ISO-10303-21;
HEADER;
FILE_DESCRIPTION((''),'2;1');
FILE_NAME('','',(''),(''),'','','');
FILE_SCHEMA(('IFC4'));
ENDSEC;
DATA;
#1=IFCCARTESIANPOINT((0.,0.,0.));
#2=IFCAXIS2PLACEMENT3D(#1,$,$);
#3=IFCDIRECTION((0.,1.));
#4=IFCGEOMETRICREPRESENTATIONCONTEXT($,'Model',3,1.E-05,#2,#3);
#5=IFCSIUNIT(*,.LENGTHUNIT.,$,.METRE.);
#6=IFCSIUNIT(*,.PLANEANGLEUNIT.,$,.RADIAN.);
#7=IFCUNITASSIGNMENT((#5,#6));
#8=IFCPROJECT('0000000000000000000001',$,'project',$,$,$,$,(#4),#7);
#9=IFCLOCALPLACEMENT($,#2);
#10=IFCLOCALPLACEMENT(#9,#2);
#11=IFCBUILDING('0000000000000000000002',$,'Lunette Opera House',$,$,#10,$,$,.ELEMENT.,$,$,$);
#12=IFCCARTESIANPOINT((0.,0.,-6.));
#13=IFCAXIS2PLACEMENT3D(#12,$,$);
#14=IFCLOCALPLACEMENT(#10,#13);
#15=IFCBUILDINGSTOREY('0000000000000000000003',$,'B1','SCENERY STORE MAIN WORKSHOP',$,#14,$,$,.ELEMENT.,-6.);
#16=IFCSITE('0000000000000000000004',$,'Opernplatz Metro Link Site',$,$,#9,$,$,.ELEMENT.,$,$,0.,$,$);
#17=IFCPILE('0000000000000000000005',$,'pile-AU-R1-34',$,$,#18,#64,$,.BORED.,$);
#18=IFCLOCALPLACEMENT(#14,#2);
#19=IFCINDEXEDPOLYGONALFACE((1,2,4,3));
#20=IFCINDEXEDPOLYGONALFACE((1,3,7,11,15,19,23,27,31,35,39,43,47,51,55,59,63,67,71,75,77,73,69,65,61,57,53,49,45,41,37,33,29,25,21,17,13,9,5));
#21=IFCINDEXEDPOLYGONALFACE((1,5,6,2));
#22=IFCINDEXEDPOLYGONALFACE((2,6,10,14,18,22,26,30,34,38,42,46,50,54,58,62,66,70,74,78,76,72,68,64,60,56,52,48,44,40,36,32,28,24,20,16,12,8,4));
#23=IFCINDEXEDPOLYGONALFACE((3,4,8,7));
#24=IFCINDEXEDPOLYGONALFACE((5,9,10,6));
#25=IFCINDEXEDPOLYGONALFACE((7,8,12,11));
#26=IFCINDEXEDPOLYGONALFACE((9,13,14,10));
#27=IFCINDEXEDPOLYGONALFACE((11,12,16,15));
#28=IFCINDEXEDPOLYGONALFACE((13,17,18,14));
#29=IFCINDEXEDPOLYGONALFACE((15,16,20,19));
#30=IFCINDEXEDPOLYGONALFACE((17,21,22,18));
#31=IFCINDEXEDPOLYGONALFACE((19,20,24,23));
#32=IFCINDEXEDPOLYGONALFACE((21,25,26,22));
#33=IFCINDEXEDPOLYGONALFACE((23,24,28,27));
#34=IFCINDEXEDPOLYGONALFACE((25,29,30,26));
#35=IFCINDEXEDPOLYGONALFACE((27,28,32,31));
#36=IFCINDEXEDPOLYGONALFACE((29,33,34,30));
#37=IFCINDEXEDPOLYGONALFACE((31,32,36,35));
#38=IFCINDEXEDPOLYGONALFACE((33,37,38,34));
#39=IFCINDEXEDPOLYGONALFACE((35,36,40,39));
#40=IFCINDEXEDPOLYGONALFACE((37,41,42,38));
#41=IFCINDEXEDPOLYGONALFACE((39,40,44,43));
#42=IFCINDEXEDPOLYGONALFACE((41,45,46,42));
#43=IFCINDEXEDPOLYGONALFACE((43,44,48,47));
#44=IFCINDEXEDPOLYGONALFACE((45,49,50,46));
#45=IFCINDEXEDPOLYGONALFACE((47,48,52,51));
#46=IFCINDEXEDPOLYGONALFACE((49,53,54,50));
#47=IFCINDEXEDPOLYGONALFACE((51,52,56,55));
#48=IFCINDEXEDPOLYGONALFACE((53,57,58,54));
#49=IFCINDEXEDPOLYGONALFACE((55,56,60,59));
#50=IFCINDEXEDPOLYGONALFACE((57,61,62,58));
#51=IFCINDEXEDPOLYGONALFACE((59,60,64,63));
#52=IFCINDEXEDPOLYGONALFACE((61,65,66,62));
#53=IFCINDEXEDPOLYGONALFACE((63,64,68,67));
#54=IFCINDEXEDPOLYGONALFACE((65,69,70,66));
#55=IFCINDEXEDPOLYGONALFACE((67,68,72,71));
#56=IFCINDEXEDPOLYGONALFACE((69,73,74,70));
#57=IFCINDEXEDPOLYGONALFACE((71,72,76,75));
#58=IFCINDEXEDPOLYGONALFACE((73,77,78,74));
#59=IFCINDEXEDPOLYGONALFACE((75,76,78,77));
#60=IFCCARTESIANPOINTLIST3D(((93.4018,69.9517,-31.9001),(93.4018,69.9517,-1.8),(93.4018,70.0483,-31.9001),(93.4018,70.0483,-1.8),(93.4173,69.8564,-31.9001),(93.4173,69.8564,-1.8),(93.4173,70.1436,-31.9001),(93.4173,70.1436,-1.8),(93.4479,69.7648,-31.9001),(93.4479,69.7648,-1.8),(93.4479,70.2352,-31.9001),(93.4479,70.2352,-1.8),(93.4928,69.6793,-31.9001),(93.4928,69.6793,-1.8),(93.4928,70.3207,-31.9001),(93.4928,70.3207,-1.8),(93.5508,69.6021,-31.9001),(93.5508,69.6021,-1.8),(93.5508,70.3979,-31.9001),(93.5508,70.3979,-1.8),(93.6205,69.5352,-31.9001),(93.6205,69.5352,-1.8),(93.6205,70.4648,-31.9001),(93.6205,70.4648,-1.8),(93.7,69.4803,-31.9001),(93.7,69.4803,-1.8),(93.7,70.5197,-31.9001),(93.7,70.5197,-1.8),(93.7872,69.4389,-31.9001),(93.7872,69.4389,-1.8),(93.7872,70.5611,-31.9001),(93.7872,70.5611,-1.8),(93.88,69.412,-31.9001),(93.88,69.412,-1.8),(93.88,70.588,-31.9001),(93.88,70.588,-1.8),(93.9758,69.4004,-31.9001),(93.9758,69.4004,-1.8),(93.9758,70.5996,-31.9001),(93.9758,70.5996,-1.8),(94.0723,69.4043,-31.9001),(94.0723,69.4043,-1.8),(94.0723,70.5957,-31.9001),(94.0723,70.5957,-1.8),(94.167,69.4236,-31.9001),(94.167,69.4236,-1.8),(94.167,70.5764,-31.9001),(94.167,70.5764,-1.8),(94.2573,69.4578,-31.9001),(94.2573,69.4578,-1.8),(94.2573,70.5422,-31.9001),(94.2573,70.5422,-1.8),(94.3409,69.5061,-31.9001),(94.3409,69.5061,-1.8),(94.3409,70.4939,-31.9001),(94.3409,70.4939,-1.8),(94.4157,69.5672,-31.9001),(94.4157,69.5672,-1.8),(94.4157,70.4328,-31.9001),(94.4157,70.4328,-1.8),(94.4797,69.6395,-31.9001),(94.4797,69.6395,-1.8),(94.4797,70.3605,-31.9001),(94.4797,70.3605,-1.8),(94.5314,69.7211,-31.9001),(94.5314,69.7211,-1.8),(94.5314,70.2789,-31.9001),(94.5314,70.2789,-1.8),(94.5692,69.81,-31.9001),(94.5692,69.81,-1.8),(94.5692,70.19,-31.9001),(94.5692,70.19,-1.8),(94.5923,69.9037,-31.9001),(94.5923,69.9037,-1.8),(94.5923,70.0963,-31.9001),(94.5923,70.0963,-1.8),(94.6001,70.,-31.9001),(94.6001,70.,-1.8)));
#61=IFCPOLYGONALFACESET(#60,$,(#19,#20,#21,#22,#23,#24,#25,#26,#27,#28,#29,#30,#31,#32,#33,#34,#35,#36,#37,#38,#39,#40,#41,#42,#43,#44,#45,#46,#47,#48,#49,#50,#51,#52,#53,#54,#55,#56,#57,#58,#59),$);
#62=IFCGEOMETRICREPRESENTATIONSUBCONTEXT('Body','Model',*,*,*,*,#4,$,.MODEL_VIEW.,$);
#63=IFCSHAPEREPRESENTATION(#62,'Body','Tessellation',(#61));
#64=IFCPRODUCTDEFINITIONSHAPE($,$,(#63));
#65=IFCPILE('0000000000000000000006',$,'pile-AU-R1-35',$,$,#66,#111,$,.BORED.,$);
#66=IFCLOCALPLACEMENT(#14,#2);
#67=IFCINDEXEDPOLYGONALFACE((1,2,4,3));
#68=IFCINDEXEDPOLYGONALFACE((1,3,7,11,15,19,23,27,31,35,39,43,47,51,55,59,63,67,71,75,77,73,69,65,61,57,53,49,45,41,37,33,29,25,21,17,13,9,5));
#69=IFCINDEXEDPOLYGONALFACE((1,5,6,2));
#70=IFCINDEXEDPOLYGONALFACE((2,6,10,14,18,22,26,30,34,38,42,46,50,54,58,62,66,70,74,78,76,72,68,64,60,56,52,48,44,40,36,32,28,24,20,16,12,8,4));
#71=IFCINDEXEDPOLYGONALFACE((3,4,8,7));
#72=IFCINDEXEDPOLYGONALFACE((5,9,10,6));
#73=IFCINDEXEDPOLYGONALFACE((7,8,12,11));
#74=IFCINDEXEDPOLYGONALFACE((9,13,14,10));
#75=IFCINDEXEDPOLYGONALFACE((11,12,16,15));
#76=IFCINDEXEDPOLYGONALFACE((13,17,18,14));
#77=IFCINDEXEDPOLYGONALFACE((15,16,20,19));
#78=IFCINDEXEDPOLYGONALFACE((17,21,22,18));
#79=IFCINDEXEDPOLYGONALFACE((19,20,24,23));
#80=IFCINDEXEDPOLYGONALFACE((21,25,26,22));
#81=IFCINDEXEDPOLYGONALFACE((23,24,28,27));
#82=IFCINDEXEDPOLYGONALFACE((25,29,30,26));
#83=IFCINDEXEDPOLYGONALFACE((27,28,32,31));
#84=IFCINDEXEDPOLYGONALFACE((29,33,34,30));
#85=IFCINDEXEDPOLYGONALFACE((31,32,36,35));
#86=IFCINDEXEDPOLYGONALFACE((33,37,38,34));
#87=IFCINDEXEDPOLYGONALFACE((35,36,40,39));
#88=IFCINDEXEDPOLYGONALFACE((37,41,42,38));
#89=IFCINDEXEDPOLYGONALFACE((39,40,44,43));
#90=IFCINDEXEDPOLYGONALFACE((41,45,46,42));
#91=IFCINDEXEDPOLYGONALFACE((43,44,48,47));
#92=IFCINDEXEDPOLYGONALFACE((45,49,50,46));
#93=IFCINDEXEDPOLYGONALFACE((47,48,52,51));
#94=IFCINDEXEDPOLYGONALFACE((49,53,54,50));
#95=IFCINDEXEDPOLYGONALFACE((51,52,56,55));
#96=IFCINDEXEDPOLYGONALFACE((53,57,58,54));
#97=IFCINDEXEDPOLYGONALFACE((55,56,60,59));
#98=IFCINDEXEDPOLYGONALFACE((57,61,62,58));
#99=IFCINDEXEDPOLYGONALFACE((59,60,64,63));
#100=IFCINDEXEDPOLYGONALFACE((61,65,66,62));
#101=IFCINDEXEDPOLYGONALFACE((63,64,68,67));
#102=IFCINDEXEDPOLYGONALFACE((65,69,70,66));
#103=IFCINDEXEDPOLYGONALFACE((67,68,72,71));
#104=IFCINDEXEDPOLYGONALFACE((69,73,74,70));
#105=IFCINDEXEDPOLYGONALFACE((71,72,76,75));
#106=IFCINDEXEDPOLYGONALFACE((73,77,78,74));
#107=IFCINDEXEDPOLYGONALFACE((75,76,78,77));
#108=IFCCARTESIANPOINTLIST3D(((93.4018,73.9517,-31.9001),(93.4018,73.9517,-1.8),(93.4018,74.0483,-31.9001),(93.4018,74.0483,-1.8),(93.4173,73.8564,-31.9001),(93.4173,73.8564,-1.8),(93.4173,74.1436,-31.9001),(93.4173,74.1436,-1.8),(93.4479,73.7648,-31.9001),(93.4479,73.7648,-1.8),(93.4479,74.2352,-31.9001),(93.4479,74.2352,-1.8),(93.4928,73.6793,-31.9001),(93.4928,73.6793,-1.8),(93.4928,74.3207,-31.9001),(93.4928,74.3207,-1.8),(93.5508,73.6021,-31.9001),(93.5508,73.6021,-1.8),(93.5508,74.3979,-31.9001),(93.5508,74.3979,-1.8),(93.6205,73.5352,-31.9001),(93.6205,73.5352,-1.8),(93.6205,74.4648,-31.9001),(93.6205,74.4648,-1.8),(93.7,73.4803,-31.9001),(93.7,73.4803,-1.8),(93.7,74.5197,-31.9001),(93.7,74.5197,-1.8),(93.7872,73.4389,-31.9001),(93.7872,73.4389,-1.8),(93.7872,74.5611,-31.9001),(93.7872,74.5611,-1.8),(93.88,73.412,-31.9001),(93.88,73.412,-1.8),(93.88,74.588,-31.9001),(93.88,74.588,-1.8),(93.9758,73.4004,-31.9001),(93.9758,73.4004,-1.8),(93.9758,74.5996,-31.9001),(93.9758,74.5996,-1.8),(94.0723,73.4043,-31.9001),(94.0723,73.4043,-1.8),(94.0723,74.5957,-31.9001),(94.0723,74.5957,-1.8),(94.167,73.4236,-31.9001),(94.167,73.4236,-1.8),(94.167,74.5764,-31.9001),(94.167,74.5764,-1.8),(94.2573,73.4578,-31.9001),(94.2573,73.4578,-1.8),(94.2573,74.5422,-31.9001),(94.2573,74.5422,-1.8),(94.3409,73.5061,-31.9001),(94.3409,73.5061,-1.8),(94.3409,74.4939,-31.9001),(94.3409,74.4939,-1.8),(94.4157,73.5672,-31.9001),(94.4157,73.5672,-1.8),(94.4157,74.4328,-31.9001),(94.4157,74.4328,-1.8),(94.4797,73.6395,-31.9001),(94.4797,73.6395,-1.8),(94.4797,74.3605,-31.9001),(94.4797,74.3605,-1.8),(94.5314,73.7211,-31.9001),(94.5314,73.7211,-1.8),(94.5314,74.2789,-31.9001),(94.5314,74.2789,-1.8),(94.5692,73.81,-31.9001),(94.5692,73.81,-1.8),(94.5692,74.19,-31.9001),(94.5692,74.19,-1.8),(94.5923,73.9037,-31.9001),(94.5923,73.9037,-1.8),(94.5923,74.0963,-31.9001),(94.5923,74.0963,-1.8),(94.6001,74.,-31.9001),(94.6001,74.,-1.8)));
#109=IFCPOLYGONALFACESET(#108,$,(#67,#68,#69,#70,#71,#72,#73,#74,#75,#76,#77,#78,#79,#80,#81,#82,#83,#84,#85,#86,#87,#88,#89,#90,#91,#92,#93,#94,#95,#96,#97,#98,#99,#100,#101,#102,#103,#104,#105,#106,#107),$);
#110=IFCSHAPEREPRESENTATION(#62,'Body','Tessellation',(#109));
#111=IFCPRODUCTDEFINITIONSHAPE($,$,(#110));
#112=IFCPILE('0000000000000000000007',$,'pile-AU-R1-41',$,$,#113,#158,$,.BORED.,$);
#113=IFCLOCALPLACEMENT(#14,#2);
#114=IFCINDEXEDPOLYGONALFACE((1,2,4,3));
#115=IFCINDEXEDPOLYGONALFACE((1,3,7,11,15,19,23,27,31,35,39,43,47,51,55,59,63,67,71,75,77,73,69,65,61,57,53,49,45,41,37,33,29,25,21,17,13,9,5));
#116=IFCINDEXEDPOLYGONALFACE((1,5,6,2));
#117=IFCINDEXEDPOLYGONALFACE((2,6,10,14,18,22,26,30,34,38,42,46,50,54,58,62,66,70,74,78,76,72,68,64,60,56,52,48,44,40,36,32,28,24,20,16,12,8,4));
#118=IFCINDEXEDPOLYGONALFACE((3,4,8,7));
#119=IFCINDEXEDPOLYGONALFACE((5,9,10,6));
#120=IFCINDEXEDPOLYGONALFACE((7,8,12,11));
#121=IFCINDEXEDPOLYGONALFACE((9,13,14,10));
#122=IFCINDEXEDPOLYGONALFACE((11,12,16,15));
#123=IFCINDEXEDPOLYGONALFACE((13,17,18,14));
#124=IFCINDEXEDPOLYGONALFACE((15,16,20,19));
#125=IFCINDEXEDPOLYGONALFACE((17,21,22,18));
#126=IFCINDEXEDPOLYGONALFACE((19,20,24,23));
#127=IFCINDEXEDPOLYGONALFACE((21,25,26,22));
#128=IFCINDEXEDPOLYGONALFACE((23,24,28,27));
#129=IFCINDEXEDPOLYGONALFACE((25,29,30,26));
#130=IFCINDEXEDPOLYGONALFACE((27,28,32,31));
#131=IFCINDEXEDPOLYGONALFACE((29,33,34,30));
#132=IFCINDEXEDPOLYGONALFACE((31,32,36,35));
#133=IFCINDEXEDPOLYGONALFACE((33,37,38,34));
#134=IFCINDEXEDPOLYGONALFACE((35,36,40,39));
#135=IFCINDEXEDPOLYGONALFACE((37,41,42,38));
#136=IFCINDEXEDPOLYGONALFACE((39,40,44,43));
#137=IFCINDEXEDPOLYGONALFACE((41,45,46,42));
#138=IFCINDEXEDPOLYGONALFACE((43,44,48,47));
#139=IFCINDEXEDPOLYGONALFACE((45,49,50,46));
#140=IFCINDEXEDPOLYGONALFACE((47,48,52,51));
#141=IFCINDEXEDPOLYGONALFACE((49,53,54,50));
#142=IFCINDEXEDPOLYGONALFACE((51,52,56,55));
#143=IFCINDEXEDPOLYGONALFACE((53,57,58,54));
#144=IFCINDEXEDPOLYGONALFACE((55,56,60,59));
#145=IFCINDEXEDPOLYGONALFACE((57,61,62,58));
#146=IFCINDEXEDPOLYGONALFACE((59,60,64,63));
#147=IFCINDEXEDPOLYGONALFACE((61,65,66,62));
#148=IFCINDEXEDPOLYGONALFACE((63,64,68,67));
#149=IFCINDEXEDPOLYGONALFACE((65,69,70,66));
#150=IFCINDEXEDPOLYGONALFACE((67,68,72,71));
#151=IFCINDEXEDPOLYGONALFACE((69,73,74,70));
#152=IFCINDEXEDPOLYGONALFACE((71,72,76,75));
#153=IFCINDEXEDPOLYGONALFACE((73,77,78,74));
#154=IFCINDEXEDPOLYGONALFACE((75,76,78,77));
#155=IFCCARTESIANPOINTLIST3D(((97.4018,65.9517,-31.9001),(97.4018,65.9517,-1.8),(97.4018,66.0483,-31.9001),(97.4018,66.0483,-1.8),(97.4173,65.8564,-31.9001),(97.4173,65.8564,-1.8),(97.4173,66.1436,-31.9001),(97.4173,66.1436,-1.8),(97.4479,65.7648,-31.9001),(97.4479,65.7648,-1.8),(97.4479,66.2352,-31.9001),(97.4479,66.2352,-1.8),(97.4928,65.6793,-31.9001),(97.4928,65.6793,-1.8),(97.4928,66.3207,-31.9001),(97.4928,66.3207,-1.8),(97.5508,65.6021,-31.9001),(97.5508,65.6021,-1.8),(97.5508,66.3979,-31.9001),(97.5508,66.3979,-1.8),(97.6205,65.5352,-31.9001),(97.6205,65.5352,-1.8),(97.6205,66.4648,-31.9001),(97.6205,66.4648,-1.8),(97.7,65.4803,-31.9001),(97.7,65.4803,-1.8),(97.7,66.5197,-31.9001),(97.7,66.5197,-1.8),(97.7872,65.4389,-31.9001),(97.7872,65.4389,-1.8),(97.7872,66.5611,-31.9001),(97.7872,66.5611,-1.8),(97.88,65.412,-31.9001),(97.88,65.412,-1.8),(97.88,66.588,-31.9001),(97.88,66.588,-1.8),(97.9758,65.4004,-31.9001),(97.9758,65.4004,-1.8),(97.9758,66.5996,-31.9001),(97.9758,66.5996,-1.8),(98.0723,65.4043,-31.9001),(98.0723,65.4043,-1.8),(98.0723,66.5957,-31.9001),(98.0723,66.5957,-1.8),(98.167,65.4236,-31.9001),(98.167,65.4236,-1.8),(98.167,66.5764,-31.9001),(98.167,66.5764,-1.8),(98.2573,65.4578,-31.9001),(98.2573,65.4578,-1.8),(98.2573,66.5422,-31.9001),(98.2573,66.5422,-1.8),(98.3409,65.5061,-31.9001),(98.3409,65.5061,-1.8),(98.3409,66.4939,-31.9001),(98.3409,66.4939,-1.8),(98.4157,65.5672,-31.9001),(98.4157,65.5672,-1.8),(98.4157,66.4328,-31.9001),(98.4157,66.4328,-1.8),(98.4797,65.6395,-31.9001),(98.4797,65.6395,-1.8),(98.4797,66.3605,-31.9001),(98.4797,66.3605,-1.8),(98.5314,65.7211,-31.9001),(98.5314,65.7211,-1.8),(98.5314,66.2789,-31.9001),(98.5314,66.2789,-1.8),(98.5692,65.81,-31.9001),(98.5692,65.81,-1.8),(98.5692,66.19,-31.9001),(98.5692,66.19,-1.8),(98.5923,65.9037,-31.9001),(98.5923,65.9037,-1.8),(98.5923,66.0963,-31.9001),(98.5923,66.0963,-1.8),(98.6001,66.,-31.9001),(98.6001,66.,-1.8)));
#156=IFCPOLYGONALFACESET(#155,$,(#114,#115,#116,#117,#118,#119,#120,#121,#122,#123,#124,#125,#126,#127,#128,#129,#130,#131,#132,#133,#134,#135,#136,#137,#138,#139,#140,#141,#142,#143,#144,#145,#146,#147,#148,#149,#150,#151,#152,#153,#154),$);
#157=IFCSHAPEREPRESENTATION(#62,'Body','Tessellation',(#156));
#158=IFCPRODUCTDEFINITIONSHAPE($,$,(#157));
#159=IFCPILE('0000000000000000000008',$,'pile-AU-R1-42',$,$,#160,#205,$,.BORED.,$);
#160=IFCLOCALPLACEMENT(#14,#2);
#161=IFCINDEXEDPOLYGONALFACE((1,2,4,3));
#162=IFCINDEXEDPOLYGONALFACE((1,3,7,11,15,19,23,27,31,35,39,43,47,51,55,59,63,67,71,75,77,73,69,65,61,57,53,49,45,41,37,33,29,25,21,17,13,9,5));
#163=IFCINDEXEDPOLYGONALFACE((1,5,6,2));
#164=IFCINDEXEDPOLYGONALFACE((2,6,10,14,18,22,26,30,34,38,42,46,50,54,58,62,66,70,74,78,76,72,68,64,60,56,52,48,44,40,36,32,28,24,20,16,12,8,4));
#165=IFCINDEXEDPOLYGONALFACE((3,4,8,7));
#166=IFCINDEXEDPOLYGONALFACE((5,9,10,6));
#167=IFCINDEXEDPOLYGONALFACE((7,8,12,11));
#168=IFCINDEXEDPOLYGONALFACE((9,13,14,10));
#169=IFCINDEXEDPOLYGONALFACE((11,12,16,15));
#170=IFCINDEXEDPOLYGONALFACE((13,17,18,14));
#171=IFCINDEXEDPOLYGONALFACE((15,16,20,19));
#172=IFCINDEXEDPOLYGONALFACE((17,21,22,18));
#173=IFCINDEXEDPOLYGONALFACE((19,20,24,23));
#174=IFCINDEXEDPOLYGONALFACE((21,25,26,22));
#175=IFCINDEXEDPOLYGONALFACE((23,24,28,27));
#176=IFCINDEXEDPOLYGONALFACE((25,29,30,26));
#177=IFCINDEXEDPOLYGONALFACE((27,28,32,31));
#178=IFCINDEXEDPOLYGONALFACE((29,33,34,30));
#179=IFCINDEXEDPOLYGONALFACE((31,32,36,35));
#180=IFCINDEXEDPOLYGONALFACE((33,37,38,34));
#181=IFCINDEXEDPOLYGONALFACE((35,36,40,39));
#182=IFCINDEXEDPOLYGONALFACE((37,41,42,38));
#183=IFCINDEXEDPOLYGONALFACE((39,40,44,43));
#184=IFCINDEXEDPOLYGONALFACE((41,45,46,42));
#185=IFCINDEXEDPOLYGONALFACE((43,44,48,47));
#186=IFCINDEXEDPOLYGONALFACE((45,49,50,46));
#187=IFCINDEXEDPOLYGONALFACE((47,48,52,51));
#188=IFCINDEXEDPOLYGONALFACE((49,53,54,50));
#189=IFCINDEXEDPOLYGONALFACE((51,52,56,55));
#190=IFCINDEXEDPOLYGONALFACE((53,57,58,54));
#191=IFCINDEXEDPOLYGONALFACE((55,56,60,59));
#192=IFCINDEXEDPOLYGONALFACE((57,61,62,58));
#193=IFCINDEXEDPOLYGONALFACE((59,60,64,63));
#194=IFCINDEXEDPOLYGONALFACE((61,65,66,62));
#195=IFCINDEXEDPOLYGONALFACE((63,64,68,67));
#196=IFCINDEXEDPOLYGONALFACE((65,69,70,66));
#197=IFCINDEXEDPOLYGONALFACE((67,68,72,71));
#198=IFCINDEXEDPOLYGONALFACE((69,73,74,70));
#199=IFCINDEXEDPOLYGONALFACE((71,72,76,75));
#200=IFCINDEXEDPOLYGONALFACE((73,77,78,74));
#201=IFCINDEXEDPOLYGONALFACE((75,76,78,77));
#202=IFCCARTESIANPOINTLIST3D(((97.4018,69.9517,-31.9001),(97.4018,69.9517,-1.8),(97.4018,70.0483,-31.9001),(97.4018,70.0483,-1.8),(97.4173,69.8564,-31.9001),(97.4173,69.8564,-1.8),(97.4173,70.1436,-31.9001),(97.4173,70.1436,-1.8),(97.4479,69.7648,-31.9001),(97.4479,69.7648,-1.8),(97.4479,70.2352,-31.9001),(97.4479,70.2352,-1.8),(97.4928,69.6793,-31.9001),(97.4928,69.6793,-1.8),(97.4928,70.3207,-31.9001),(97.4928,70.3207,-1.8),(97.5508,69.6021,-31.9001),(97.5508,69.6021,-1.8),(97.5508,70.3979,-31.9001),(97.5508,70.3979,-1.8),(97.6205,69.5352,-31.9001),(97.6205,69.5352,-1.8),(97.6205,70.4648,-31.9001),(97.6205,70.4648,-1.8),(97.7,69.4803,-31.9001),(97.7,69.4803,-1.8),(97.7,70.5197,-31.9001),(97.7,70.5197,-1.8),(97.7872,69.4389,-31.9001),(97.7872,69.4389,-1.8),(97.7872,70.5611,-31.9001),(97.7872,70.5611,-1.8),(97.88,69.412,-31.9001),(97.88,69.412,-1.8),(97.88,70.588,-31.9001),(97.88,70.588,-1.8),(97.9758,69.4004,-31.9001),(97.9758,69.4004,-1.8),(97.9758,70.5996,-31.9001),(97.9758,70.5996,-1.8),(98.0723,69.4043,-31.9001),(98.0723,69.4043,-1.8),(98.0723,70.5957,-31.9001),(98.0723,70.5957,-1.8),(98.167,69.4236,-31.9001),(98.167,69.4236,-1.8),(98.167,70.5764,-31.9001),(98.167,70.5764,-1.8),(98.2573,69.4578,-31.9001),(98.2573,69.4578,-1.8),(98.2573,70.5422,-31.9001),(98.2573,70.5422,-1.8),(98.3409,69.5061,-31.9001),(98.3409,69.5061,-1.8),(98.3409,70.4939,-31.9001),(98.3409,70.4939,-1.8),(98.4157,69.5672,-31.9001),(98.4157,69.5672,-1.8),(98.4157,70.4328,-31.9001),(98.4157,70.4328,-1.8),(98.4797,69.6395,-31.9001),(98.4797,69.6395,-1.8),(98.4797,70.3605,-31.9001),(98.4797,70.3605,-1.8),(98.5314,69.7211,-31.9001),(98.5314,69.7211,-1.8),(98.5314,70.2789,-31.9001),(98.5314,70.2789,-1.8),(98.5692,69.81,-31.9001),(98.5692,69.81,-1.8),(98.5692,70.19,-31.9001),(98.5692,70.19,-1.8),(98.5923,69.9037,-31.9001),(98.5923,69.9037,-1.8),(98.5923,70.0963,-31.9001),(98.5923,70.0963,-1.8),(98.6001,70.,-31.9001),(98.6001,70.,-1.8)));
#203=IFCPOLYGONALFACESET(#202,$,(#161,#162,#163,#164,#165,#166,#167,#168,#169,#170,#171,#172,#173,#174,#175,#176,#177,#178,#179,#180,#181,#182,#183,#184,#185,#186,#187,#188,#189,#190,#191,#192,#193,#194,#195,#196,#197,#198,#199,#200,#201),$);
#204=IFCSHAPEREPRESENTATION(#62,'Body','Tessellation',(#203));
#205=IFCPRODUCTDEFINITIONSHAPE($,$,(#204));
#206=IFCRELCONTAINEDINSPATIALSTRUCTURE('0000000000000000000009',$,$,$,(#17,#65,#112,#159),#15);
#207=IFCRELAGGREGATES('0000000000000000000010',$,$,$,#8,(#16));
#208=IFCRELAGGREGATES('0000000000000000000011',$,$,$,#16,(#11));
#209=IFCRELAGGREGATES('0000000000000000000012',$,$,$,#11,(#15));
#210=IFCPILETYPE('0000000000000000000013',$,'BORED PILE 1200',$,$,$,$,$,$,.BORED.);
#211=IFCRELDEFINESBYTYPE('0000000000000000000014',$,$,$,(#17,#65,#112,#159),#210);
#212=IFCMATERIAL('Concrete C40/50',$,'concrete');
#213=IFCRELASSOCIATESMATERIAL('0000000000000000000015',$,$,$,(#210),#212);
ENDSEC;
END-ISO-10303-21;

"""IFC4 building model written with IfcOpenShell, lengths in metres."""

from ifc_helpers import new_model, si_unit, direction, frame, origin, origin_2d, place, context, subcontext, project, spatial, circle, extrude, material, material_profile, profile_set, type_object, element, save


model = new_model("IFC4")

# Units and contexts
model_context = context("Model", 3, precision=1e-05, world=origin(), true_north=direction((0.0, 1.0)))
body_context = subcontext(model_context, "Body", "Model", "MODEL_VIEW")
ifc_project = project(units=[si_unit("LENGTHUNIT", "METRE"), si_unit("PLANEANGLEUNIT", "RADIAN")], contexts=[model_context])

# Site, building, storey
site_placement = place(None, origin())
site = spatial("IfcSite", under=ifc_project, at=site_placement, Name="Opernplatz Metro Link Site", CompositionType="ELEMENT", RefElevation=0.0)
building_placement = place(site_placement, origin())
building = spatial("IfcBuilding", under=site, at=building_placement, Name="Lunette Opera House", CompositionType="ELEMENT")
storey_placement = place(building_placement, frame((0.0, 0.0, -6.0)))
storey = spatial("IfcBuildingStorey", under=building, at=storey_placement, Name="B1", Description="SCENERY STORE MAIN WORKSHOP", CompositionType="ELEMENT", Elevation=-6.0)

# Piles
ifc_material_1 = material(Name="Concrete C40/50", Category="concrete")
ifc_material_profile_1 = material_profile(ifc_material_1, circle(Radius=0.6001, at=origin_2d()), Name="BORED PILE 1200")
ifc_profile_set_1 = profile_set([ifc_material_profile_1], Name="Concrete C40/50")
pile_type_1 = type_object("IfcPileType", Name="BORED PILE 1200", PredefinedType="BORED", material=ifc_profile_set_1)
for number, where, z_axis, x_axis, name in (
    (1, (94.0, 70.0, -1.8), (0.0, 0.0, -1.0), (1.0, 0.0, 0.0), "pile-AU-R1-34"),
    (2, (94.0, 74.0, -1.8), (0.0, 0.0, -1.0), (1.0, 0.0, 0.0), "pile-AU-R1-35"),
    (3, (98.0, 66.0, -1.8), (0.0, 0.0, -1.0), (1.0, 0.0, 0.0), "pile-AU-R1-41"),
    (4, (98.0, 70.0, -1.8), (0.0, 0.0, -1.0), (1.0, 0.0, 0.0), "pile-AU-R1-42"),
):
    element("IfcPile", number, at=place(storey_placement, frame(where, z_axis=z_axis, x_axis=x_axis)), inside=storey, type_object=pile_type_1, Name=name, PredefinedType="BORED", context=body_context, shape_type="SweptSolid", body=[
        extrude(circle(Radius=0.6001, at=origin_2d()), origin(), (0.0, 0.0, 1.0), 30.1001),
    ])

save(model, "model.ifc")
